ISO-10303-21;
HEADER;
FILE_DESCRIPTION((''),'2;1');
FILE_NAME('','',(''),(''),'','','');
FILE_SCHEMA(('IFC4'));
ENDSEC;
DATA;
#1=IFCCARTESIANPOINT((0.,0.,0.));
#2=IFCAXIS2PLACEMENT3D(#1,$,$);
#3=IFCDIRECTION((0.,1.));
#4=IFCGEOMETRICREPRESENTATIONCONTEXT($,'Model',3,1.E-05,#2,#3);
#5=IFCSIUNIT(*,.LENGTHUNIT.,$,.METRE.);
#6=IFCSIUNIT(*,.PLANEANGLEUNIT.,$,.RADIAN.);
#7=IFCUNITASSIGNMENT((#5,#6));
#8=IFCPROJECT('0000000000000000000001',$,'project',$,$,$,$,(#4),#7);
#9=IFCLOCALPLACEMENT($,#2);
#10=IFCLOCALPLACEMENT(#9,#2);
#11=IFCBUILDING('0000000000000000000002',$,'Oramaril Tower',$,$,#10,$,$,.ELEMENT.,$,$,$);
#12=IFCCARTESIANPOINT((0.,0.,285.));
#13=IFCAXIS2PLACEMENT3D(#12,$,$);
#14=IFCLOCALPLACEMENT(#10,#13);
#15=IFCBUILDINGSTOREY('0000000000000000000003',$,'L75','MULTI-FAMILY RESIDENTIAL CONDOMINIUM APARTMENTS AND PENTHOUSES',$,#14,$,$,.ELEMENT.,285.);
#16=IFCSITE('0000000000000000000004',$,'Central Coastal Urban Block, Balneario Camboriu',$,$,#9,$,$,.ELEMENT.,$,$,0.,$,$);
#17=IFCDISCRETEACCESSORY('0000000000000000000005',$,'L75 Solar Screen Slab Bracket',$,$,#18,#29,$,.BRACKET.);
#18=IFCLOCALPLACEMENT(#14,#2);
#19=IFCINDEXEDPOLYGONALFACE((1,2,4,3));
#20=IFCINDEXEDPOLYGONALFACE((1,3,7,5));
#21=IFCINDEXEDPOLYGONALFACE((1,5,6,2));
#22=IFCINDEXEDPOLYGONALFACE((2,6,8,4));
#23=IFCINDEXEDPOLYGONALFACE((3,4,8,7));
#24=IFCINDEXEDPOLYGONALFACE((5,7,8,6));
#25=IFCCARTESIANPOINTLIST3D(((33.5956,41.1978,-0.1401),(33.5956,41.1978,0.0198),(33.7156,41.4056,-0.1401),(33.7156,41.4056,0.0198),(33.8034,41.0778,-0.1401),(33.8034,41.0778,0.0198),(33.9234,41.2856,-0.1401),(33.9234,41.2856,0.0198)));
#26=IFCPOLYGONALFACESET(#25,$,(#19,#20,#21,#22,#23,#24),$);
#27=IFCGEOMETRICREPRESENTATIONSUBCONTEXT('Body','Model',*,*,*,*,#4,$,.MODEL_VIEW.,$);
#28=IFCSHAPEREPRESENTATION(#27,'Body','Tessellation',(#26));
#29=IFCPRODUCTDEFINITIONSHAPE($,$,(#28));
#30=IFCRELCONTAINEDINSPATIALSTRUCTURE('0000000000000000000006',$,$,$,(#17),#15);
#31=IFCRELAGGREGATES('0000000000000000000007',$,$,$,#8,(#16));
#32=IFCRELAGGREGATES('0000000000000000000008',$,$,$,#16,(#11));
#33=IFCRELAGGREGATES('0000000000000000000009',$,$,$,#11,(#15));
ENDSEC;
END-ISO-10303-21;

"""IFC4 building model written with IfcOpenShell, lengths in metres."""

from ifc_helpers import new_model, si_unit, direction, frame, origin, origin_2d, place, context, subcontext, project, spatial, rectangle, extrude, element, save


model = new_model("IFC4")

# Units and contexts
model_context = context("Model", 3, precision=1e-05, world=origin(), true_north=direction((0.0, 1.0)))
body_context = subcontext(model_context, "Body", "Model", "MODEL_VIEW")
ifc_project = project(units=[si_unit("LENGTHUNIT", "METRE"), si_unit("PLANEANGLEUNIT", "RADIAN")], contexts=[model_context])

# Site, building, storey
site_placement = place(None, origin())
site = spatial("IfcSite", under=ifc_project, at=site_placement, Name="Central Coastal Urban Block, Balneario Camboriu", CompositionType="ELEMENT", RefElevation=0.0)
building_placement = place(site_placement, origin())
building = spatial("IfcBuilding", under=site, at=building_placement, Name="Oramaril Tower", CompositionType="ELEMENT")
storey_placement = place(building_placement, frame((0.0, 0.0, 285.0)))
storey = spatial("IfcBuildingStorey", under=building, at=storey_placement, Name="L75", Description="MULTI-FAMILY RESIDENTIAL CONDOMINIUM APARTMENTS AND PENTHOUSES", CompositionType="ELEMENT", Elevation=285.0)

# Discrete accessory
for number, where, z_axis, x_axis, name in (
    (1, (33.7595, 41.2417, -0.1401), (0.0, 0.0, 1.0), (-0.5, -0.866025, 0.0), "L75 Solar Screen Slab Bracket"),
):
    element("IfcDiscreteAccessory", number, at=place(storey_placement, frame(where, z_axis=z_axis, x_axis=x_axis)), inside=storey, Name=name, PredefinedType="BRACKET", context=body_context, shape_type="SweptSolid", body=[
        extrude(rectangle(XDim=0.24, YDim=0.24, at=origin_2d()), origin(), (0.0, 0.0, 1.0), 0.1599),
    ])

save(model, "model.ifc")
